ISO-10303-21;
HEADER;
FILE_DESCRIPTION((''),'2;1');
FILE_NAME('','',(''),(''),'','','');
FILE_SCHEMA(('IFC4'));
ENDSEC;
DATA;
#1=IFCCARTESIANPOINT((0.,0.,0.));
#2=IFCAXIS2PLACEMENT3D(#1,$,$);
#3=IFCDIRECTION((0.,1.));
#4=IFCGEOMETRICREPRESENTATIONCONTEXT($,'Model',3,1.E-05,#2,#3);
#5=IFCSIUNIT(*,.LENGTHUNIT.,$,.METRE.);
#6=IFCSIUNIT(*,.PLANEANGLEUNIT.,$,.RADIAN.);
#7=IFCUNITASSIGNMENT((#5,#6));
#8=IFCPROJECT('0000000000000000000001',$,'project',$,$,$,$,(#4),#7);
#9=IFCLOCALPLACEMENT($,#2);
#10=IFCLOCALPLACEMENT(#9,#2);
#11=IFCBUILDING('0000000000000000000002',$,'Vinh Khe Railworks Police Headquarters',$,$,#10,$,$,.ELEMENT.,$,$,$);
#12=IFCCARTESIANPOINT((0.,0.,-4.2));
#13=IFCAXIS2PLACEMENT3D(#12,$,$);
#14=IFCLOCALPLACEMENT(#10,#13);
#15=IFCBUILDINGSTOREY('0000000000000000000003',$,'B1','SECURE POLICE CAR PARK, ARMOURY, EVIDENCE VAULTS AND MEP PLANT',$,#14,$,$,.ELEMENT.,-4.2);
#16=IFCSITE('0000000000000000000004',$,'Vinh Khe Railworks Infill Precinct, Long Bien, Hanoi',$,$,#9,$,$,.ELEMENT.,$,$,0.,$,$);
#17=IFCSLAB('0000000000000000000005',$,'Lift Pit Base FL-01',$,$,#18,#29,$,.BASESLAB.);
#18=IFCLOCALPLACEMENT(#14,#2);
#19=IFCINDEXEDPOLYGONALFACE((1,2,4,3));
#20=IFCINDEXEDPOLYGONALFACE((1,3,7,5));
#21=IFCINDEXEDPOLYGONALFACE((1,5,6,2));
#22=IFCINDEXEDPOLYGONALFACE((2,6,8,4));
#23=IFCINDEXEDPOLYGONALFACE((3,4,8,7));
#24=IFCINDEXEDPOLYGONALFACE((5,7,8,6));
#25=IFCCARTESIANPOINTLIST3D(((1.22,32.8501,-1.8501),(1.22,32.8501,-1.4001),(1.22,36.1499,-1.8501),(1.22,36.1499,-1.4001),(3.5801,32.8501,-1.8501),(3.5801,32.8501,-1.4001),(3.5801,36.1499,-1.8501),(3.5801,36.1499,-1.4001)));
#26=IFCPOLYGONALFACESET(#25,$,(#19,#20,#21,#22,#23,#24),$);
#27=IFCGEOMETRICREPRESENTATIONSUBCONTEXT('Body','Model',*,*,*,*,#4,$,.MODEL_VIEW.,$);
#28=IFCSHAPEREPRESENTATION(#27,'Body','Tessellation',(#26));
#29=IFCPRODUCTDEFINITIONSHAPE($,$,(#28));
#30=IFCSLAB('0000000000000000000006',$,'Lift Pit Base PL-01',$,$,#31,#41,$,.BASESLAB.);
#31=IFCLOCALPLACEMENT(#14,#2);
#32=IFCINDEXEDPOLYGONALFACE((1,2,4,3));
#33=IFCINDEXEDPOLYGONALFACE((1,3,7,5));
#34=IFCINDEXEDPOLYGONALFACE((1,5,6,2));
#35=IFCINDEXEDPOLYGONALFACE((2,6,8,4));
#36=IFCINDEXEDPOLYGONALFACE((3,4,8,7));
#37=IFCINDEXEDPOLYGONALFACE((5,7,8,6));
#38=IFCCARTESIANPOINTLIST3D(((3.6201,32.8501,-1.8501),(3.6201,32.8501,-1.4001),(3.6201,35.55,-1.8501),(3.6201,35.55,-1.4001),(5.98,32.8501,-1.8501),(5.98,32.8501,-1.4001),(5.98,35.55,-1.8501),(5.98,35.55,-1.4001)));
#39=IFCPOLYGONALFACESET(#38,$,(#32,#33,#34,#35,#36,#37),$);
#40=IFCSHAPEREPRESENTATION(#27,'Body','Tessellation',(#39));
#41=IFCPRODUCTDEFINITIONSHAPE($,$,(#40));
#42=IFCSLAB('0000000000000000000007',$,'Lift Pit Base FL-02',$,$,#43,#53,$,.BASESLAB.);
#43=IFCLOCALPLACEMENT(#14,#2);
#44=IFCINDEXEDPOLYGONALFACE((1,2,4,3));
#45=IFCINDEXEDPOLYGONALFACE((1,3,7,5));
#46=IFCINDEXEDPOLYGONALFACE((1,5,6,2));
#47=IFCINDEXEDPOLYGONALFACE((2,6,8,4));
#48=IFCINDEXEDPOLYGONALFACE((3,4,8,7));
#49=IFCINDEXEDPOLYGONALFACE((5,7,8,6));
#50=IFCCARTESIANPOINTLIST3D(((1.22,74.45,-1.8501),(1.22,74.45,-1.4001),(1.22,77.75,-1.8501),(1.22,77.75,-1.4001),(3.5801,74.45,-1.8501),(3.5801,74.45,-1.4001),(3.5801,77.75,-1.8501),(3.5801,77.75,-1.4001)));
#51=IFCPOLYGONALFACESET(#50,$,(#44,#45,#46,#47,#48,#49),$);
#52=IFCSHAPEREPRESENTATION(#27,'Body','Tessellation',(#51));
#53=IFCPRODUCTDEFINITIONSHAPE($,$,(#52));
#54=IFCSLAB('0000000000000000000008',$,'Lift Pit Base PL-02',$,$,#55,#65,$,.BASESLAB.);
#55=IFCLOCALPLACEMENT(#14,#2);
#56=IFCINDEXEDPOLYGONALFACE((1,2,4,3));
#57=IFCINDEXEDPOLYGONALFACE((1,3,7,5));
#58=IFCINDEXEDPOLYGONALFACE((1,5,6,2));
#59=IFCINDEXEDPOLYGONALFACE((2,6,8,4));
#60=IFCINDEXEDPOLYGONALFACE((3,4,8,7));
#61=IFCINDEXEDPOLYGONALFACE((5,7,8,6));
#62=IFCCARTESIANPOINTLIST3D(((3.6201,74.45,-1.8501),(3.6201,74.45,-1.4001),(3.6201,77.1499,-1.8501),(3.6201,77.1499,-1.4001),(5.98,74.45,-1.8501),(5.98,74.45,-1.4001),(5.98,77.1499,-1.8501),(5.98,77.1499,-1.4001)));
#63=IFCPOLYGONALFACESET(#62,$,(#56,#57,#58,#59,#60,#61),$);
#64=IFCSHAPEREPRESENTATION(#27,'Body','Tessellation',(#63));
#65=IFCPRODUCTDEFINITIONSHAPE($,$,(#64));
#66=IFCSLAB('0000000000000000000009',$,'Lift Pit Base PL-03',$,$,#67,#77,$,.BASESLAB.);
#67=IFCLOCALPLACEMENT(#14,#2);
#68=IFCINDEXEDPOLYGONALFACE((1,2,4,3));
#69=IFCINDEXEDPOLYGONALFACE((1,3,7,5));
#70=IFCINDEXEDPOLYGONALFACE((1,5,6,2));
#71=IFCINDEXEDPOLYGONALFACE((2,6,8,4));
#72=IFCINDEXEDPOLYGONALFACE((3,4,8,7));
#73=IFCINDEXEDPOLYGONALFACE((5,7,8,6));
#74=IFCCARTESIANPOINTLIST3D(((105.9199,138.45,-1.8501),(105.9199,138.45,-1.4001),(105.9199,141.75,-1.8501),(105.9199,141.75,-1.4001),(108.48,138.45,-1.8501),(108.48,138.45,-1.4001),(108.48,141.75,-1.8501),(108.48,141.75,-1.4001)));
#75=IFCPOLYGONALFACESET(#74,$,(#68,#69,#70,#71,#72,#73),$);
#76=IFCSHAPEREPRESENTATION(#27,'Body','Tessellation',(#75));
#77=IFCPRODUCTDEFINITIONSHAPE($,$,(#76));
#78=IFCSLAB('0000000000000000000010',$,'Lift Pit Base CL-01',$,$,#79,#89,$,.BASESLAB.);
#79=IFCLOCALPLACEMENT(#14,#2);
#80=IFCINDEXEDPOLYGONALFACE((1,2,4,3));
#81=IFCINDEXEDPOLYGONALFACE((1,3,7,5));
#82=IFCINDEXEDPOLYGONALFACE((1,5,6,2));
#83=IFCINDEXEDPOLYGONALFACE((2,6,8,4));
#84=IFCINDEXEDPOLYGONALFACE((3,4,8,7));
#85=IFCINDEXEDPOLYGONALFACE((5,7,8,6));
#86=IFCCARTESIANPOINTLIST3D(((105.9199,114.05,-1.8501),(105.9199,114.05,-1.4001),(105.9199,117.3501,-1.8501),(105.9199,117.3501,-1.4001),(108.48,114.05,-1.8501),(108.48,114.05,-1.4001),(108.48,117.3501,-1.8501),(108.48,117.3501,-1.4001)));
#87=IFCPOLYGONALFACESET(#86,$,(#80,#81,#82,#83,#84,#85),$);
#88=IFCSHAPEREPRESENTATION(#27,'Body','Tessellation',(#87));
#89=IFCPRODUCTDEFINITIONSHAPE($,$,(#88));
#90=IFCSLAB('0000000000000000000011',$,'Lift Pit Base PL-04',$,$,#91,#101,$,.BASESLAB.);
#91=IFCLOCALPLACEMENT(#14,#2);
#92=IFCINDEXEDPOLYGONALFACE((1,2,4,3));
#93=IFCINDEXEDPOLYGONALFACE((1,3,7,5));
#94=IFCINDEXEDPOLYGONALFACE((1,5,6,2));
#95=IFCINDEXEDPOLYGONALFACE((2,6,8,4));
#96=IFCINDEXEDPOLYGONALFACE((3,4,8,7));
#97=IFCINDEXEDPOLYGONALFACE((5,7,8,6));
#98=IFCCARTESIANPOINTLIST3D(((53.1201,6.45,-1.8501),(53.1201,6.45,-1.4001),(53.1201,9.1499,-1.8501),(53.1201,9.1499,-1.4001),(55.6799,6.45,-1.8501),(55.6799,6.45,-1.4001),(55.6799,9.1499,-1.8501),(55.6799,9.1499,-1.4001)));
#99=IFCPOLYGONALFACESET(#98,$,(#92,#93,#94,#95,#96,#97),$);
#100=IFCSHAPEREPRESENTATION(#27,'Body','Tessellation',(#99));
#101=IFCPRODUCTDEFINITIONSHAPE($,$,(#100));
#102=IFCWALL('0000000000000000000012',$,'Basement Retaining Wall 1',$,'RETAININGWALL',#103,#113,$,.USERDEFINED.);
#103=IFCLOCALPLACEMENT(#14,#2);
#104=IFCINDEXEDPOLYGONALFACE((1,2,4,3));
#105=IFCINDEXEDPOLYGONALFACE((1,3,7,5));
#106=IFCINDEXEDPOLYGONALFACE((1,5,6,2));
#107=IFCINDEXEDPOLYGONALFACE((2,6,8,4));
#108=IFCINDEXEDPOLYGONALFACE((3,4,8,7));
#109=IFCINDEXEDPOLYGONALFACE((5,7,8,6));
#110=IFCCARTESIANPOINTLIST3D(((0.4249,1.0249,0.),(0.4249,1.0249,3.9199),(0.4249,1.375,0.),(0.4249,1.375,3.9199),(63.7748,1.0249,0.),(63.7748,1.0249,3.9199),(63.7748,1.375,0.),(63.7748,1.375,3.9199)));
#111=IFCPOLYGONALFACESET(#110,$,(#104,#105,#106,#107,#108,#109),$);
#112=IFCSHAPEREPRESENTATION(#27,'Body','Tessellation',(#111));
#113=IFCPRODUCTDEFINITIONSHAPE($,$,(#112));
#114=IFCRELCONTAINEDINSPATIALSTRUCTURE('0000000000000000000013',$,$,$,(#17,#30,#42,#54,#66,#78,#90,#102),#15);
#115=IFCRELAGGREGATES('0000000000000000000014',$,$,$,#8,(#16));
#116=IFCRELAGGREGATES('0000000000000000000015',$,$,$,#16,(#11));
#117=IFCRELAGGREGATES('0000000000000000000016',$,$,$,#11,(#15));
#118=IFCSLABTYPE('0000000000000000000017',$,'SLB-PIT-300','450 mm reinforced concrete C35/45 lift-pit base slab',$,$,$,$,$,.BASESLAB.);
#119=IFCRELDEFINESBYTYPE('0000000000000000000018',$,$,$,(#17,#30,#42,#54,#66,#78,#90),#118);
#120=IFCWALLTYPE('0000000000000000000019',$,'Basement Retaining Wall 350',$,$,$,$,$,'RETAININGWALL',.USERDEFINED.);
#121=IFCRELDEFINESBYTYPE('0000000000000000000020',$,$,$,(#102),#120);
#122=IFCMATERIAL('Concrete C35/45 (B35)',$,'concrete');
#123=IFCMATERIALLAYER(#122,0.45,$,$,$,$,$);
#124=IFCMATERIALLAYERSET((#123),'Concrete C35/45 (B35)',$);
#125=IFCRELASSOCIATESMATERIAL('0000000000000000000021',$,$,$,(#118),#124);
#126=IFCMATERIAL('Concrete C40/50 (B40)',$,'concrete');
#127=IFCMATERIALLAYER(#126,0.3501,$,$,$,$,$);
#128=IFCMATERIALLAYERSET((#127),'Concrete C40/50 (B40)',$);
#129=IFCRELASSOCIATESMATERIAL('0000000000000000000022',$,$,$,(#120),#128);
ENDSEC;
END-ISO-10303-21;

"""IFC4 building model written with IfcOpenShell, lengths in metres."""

from ifc_helpers import new_model, si_unit, direction, frame, frame_2d, origin, place, context, subcontext, project, spatial, polyline, rectangle, outline, extrude, material, layer, layer_set, type_object, element, save


model = new_model("IFC4")

# Units and contexts
model_context = context("Model", 3, precision=1e-05, world=origin(), true_north=direction((0.0, 1.0)))
body_context = subcontext(model_context, "Body", "Model", "MODEL_VIEW")
ifc_project = project(units=[si_unit("LENGTHUNIT", "METRE"), si_unit("PLANEANGLEUNIT", "RADIAN")], contexts=[model_context])

# Site, building, storey
site_placement = place(None, origin())
site = spatial("IfcSite", under=ifc_project, at=site_placement, Name="Vinh Khe Railworks Infill Precinct, Long Bien, Hanoi", CompositionType="ELEMENT", RefElevation=0.0)
building_placement = place(site_placement, origin())
building = spatial("IfcBuilding", under=site, at=building_placement, Name="Vinh Khe Railworks Police Headquarters", CompositionType="ELEMENT")
storey_placement = place(building_placement, frame((0.0, 0.0, -4.2)))
storey = spatial("IfcBuildingStorey", under=building, at=storey_placement, Name="B1", Description="SECURE POLICE CAR PARK, ARMOURY, EVIDENCE VAULTS AND MEP PLANT", CompositionType="ELEMENT", Elevation=-4.2)

# Shared definitions
ifc_material_1 = material(Name="Concrete C35/45 (B35)", Category="concrete")

# Shared definitions
ifc_material_2 = material(Name="Concrete C40/50 (B40)", Category="concrete")

# Slabs
ifc_layer_1 = layer(ifc_material_1, 0.45)
ifc_layer_set_1 = layer_set([ifc_layer_1], Name="Concrete C35/45 (B35)")
slab_type_1 = type_object("IfcSlabType", Name="SLB-PIT-300", Description="450 mm reinforced concrete C35/45 lift-pit base slab", PredefinedType="BASESLAB", material=ifc_layer_set_1)
slab_1_placement = place(storey_placement, frame((0.0, 0.0, -1.8501)))
element("IfcSlab", 1, at=slab_1_placement, inside=storey, type_object=slab_type_1, Name="Lift Pit Base FL-01", PredefinedType="BASESLAB", context=body_context, shape_type="SweptSolid", body=[
    extrude(outline(polyline([(1.22, 32.8501), (3.5801, 32.8501), (3.5801, 36.1499), (1.22, 36.1499), (1.22, 32.8501)])), origin(), (0.0, 0.0, 1.0), 0.45),
])
slab_2_placement = place(storey_placement, frame((0.0, 0.0, -1.8501)))
element("IfcSlab", 2, at=slab_2_placement, inside=storey, type_object=slab_type_1, Name="Lift Pit Base PL-01", PredefinedType="BASESLAB", context=body_context, shape_type="SweptSolid", body=[
    extrude(outline(polyline([(3.6201, 32.8501), (5.98, 32.8501), (5.98, 35.55), (3.6201, 35.55), (3.6201, 32.8501)])), origin(), (0.0, 0.0, 1.0), 0.45),
])
slab_3_placement = place(storey_placement, frame((0.0, 0.0, -1.8501)))
element("IfcSlab", 3, at=slab_3_placement, inside=storey, type_object=slab_type_1, Name="Lift Pit Base FL-02", PredefinedType="BASESLAB", context=body_context, shape_type="SweptSolid", body=[
    extrude(outline(polyline([(1.22, 74.45), (3.5801, 74.45), (3.5801, 77.75), (1.22, 77.75), (1.22, 74.45)])), origin(), (0.0, 0.0, 1.0), 0.45),
])
slab_4_placement = place(storey_placement, frame((0.0, 0.0, -1.8501)))
element("IfcSlab", 4, at=slab_4_placement, inside=storey, type_object=slab_type_1, Name="Lift Pit Base PL-02", PredefinedType="BASESLAB", context=body_context, shape_type="SweptSolid", body=[
    extrude(outline(polyline([(3.6201, 74.45), (5.98, 74.45), (5.98, 77.1499), (3.6201, 77.1499), (3.6201, 74.45)])), origin(), (0.0, 0.0, 1.0), 0.45),
])
slab_5_placement = place(storey_placement, frame((0.0, 0.0, -1.8501)))
element("IfcSlab", 5, at=slab_5_placement, inside=storey, type_object=slab_type_1, Name="Lift Pit Base PL-03", PredefinedType="BASESLAB", context=body_context, shape_type="SweptSolid", body=[
    extrude(outline(polyline([(105.9199, 138.45), (108.48, 138.45), (108.48, 141.75), (105.9199, 141.75), (105.9199, 138.45)])), origin(), (0.0, 0.0, 1.0), 0.45),
])
slab_6_placement = place(storey_placement, frame((0.0, 0.0, -1.8501)))
element("IfcSlab", 6, at=slab_6_placement, inside=storey, type_object=slab_type_1, Name="Lift Pit Base CL-01", PredefinedType="BASESLAB", context=body_context, shape_type="SweptSolid", body=[
    extrude(outline(polyline([(105.9199, 114.05), (108.48, 114.05), (108.48, 117.3501), (105.9199, 117.3501), (105.9199, 114.05)])), origin(), (0.0, 0.0, 1.0), 0.45),
])
slab_7_placement = place(storey_placement, frame((0.0, 0.0, -1.8501)))
element("IfcSlab", 7, at=slab_7_placement, inside=storey, type_object=slab_type_1, Name="Lift Pit Base PL-04", PredefinedType="BASESLAB", context=body_context, shape_type="SweptSolid", body=[
    extrude(outline(polyline([(53.1201, 6.45), (55.6799, 6.45), (55.6799, 9.1499), (53.1201, 9.1499), (53.1201, 6.45)])), origin(), (0.0, 0.0, 1.0), 0.45),
])

# Wall
ifc_layer_2 = layer(ifc_material_2, 0.3501)
ifc_layer_set_2 = layer_set([ifc_layer_2], Name="Concrete C40/50 (B40)")
wall_type = type_object("IfcWallType", Name="Basement Retaining Wall 350", ElementType="RETAININGWALL", PredefinedType="USERDEFINED", material=ifc_layer_set_2)
wall_placement = place(storey_placement, frame((0.425, 1.2, 0.0), z_axis=(0.0, 0.0, 1.0), x_axis=(1.0, 0.0, 0.0)))
element("IfcWall", 8, at=wall_placement, inside=storey, type_object=wall_type, Name="Basement Retaining Wall 1", ObjectType="RETAININGWALL", PredefinedType="USERDEFINED", context=body_context, shape_type="SweptSolid", body=[
    extrude(rectangle(XDim=63.3499, YDim=0.3501, at=frame_2d((31.6748, 0.0))), origin(), (0.0, 0.0, 1.0), 3.9199),
])

save(model, "model.ifc")
